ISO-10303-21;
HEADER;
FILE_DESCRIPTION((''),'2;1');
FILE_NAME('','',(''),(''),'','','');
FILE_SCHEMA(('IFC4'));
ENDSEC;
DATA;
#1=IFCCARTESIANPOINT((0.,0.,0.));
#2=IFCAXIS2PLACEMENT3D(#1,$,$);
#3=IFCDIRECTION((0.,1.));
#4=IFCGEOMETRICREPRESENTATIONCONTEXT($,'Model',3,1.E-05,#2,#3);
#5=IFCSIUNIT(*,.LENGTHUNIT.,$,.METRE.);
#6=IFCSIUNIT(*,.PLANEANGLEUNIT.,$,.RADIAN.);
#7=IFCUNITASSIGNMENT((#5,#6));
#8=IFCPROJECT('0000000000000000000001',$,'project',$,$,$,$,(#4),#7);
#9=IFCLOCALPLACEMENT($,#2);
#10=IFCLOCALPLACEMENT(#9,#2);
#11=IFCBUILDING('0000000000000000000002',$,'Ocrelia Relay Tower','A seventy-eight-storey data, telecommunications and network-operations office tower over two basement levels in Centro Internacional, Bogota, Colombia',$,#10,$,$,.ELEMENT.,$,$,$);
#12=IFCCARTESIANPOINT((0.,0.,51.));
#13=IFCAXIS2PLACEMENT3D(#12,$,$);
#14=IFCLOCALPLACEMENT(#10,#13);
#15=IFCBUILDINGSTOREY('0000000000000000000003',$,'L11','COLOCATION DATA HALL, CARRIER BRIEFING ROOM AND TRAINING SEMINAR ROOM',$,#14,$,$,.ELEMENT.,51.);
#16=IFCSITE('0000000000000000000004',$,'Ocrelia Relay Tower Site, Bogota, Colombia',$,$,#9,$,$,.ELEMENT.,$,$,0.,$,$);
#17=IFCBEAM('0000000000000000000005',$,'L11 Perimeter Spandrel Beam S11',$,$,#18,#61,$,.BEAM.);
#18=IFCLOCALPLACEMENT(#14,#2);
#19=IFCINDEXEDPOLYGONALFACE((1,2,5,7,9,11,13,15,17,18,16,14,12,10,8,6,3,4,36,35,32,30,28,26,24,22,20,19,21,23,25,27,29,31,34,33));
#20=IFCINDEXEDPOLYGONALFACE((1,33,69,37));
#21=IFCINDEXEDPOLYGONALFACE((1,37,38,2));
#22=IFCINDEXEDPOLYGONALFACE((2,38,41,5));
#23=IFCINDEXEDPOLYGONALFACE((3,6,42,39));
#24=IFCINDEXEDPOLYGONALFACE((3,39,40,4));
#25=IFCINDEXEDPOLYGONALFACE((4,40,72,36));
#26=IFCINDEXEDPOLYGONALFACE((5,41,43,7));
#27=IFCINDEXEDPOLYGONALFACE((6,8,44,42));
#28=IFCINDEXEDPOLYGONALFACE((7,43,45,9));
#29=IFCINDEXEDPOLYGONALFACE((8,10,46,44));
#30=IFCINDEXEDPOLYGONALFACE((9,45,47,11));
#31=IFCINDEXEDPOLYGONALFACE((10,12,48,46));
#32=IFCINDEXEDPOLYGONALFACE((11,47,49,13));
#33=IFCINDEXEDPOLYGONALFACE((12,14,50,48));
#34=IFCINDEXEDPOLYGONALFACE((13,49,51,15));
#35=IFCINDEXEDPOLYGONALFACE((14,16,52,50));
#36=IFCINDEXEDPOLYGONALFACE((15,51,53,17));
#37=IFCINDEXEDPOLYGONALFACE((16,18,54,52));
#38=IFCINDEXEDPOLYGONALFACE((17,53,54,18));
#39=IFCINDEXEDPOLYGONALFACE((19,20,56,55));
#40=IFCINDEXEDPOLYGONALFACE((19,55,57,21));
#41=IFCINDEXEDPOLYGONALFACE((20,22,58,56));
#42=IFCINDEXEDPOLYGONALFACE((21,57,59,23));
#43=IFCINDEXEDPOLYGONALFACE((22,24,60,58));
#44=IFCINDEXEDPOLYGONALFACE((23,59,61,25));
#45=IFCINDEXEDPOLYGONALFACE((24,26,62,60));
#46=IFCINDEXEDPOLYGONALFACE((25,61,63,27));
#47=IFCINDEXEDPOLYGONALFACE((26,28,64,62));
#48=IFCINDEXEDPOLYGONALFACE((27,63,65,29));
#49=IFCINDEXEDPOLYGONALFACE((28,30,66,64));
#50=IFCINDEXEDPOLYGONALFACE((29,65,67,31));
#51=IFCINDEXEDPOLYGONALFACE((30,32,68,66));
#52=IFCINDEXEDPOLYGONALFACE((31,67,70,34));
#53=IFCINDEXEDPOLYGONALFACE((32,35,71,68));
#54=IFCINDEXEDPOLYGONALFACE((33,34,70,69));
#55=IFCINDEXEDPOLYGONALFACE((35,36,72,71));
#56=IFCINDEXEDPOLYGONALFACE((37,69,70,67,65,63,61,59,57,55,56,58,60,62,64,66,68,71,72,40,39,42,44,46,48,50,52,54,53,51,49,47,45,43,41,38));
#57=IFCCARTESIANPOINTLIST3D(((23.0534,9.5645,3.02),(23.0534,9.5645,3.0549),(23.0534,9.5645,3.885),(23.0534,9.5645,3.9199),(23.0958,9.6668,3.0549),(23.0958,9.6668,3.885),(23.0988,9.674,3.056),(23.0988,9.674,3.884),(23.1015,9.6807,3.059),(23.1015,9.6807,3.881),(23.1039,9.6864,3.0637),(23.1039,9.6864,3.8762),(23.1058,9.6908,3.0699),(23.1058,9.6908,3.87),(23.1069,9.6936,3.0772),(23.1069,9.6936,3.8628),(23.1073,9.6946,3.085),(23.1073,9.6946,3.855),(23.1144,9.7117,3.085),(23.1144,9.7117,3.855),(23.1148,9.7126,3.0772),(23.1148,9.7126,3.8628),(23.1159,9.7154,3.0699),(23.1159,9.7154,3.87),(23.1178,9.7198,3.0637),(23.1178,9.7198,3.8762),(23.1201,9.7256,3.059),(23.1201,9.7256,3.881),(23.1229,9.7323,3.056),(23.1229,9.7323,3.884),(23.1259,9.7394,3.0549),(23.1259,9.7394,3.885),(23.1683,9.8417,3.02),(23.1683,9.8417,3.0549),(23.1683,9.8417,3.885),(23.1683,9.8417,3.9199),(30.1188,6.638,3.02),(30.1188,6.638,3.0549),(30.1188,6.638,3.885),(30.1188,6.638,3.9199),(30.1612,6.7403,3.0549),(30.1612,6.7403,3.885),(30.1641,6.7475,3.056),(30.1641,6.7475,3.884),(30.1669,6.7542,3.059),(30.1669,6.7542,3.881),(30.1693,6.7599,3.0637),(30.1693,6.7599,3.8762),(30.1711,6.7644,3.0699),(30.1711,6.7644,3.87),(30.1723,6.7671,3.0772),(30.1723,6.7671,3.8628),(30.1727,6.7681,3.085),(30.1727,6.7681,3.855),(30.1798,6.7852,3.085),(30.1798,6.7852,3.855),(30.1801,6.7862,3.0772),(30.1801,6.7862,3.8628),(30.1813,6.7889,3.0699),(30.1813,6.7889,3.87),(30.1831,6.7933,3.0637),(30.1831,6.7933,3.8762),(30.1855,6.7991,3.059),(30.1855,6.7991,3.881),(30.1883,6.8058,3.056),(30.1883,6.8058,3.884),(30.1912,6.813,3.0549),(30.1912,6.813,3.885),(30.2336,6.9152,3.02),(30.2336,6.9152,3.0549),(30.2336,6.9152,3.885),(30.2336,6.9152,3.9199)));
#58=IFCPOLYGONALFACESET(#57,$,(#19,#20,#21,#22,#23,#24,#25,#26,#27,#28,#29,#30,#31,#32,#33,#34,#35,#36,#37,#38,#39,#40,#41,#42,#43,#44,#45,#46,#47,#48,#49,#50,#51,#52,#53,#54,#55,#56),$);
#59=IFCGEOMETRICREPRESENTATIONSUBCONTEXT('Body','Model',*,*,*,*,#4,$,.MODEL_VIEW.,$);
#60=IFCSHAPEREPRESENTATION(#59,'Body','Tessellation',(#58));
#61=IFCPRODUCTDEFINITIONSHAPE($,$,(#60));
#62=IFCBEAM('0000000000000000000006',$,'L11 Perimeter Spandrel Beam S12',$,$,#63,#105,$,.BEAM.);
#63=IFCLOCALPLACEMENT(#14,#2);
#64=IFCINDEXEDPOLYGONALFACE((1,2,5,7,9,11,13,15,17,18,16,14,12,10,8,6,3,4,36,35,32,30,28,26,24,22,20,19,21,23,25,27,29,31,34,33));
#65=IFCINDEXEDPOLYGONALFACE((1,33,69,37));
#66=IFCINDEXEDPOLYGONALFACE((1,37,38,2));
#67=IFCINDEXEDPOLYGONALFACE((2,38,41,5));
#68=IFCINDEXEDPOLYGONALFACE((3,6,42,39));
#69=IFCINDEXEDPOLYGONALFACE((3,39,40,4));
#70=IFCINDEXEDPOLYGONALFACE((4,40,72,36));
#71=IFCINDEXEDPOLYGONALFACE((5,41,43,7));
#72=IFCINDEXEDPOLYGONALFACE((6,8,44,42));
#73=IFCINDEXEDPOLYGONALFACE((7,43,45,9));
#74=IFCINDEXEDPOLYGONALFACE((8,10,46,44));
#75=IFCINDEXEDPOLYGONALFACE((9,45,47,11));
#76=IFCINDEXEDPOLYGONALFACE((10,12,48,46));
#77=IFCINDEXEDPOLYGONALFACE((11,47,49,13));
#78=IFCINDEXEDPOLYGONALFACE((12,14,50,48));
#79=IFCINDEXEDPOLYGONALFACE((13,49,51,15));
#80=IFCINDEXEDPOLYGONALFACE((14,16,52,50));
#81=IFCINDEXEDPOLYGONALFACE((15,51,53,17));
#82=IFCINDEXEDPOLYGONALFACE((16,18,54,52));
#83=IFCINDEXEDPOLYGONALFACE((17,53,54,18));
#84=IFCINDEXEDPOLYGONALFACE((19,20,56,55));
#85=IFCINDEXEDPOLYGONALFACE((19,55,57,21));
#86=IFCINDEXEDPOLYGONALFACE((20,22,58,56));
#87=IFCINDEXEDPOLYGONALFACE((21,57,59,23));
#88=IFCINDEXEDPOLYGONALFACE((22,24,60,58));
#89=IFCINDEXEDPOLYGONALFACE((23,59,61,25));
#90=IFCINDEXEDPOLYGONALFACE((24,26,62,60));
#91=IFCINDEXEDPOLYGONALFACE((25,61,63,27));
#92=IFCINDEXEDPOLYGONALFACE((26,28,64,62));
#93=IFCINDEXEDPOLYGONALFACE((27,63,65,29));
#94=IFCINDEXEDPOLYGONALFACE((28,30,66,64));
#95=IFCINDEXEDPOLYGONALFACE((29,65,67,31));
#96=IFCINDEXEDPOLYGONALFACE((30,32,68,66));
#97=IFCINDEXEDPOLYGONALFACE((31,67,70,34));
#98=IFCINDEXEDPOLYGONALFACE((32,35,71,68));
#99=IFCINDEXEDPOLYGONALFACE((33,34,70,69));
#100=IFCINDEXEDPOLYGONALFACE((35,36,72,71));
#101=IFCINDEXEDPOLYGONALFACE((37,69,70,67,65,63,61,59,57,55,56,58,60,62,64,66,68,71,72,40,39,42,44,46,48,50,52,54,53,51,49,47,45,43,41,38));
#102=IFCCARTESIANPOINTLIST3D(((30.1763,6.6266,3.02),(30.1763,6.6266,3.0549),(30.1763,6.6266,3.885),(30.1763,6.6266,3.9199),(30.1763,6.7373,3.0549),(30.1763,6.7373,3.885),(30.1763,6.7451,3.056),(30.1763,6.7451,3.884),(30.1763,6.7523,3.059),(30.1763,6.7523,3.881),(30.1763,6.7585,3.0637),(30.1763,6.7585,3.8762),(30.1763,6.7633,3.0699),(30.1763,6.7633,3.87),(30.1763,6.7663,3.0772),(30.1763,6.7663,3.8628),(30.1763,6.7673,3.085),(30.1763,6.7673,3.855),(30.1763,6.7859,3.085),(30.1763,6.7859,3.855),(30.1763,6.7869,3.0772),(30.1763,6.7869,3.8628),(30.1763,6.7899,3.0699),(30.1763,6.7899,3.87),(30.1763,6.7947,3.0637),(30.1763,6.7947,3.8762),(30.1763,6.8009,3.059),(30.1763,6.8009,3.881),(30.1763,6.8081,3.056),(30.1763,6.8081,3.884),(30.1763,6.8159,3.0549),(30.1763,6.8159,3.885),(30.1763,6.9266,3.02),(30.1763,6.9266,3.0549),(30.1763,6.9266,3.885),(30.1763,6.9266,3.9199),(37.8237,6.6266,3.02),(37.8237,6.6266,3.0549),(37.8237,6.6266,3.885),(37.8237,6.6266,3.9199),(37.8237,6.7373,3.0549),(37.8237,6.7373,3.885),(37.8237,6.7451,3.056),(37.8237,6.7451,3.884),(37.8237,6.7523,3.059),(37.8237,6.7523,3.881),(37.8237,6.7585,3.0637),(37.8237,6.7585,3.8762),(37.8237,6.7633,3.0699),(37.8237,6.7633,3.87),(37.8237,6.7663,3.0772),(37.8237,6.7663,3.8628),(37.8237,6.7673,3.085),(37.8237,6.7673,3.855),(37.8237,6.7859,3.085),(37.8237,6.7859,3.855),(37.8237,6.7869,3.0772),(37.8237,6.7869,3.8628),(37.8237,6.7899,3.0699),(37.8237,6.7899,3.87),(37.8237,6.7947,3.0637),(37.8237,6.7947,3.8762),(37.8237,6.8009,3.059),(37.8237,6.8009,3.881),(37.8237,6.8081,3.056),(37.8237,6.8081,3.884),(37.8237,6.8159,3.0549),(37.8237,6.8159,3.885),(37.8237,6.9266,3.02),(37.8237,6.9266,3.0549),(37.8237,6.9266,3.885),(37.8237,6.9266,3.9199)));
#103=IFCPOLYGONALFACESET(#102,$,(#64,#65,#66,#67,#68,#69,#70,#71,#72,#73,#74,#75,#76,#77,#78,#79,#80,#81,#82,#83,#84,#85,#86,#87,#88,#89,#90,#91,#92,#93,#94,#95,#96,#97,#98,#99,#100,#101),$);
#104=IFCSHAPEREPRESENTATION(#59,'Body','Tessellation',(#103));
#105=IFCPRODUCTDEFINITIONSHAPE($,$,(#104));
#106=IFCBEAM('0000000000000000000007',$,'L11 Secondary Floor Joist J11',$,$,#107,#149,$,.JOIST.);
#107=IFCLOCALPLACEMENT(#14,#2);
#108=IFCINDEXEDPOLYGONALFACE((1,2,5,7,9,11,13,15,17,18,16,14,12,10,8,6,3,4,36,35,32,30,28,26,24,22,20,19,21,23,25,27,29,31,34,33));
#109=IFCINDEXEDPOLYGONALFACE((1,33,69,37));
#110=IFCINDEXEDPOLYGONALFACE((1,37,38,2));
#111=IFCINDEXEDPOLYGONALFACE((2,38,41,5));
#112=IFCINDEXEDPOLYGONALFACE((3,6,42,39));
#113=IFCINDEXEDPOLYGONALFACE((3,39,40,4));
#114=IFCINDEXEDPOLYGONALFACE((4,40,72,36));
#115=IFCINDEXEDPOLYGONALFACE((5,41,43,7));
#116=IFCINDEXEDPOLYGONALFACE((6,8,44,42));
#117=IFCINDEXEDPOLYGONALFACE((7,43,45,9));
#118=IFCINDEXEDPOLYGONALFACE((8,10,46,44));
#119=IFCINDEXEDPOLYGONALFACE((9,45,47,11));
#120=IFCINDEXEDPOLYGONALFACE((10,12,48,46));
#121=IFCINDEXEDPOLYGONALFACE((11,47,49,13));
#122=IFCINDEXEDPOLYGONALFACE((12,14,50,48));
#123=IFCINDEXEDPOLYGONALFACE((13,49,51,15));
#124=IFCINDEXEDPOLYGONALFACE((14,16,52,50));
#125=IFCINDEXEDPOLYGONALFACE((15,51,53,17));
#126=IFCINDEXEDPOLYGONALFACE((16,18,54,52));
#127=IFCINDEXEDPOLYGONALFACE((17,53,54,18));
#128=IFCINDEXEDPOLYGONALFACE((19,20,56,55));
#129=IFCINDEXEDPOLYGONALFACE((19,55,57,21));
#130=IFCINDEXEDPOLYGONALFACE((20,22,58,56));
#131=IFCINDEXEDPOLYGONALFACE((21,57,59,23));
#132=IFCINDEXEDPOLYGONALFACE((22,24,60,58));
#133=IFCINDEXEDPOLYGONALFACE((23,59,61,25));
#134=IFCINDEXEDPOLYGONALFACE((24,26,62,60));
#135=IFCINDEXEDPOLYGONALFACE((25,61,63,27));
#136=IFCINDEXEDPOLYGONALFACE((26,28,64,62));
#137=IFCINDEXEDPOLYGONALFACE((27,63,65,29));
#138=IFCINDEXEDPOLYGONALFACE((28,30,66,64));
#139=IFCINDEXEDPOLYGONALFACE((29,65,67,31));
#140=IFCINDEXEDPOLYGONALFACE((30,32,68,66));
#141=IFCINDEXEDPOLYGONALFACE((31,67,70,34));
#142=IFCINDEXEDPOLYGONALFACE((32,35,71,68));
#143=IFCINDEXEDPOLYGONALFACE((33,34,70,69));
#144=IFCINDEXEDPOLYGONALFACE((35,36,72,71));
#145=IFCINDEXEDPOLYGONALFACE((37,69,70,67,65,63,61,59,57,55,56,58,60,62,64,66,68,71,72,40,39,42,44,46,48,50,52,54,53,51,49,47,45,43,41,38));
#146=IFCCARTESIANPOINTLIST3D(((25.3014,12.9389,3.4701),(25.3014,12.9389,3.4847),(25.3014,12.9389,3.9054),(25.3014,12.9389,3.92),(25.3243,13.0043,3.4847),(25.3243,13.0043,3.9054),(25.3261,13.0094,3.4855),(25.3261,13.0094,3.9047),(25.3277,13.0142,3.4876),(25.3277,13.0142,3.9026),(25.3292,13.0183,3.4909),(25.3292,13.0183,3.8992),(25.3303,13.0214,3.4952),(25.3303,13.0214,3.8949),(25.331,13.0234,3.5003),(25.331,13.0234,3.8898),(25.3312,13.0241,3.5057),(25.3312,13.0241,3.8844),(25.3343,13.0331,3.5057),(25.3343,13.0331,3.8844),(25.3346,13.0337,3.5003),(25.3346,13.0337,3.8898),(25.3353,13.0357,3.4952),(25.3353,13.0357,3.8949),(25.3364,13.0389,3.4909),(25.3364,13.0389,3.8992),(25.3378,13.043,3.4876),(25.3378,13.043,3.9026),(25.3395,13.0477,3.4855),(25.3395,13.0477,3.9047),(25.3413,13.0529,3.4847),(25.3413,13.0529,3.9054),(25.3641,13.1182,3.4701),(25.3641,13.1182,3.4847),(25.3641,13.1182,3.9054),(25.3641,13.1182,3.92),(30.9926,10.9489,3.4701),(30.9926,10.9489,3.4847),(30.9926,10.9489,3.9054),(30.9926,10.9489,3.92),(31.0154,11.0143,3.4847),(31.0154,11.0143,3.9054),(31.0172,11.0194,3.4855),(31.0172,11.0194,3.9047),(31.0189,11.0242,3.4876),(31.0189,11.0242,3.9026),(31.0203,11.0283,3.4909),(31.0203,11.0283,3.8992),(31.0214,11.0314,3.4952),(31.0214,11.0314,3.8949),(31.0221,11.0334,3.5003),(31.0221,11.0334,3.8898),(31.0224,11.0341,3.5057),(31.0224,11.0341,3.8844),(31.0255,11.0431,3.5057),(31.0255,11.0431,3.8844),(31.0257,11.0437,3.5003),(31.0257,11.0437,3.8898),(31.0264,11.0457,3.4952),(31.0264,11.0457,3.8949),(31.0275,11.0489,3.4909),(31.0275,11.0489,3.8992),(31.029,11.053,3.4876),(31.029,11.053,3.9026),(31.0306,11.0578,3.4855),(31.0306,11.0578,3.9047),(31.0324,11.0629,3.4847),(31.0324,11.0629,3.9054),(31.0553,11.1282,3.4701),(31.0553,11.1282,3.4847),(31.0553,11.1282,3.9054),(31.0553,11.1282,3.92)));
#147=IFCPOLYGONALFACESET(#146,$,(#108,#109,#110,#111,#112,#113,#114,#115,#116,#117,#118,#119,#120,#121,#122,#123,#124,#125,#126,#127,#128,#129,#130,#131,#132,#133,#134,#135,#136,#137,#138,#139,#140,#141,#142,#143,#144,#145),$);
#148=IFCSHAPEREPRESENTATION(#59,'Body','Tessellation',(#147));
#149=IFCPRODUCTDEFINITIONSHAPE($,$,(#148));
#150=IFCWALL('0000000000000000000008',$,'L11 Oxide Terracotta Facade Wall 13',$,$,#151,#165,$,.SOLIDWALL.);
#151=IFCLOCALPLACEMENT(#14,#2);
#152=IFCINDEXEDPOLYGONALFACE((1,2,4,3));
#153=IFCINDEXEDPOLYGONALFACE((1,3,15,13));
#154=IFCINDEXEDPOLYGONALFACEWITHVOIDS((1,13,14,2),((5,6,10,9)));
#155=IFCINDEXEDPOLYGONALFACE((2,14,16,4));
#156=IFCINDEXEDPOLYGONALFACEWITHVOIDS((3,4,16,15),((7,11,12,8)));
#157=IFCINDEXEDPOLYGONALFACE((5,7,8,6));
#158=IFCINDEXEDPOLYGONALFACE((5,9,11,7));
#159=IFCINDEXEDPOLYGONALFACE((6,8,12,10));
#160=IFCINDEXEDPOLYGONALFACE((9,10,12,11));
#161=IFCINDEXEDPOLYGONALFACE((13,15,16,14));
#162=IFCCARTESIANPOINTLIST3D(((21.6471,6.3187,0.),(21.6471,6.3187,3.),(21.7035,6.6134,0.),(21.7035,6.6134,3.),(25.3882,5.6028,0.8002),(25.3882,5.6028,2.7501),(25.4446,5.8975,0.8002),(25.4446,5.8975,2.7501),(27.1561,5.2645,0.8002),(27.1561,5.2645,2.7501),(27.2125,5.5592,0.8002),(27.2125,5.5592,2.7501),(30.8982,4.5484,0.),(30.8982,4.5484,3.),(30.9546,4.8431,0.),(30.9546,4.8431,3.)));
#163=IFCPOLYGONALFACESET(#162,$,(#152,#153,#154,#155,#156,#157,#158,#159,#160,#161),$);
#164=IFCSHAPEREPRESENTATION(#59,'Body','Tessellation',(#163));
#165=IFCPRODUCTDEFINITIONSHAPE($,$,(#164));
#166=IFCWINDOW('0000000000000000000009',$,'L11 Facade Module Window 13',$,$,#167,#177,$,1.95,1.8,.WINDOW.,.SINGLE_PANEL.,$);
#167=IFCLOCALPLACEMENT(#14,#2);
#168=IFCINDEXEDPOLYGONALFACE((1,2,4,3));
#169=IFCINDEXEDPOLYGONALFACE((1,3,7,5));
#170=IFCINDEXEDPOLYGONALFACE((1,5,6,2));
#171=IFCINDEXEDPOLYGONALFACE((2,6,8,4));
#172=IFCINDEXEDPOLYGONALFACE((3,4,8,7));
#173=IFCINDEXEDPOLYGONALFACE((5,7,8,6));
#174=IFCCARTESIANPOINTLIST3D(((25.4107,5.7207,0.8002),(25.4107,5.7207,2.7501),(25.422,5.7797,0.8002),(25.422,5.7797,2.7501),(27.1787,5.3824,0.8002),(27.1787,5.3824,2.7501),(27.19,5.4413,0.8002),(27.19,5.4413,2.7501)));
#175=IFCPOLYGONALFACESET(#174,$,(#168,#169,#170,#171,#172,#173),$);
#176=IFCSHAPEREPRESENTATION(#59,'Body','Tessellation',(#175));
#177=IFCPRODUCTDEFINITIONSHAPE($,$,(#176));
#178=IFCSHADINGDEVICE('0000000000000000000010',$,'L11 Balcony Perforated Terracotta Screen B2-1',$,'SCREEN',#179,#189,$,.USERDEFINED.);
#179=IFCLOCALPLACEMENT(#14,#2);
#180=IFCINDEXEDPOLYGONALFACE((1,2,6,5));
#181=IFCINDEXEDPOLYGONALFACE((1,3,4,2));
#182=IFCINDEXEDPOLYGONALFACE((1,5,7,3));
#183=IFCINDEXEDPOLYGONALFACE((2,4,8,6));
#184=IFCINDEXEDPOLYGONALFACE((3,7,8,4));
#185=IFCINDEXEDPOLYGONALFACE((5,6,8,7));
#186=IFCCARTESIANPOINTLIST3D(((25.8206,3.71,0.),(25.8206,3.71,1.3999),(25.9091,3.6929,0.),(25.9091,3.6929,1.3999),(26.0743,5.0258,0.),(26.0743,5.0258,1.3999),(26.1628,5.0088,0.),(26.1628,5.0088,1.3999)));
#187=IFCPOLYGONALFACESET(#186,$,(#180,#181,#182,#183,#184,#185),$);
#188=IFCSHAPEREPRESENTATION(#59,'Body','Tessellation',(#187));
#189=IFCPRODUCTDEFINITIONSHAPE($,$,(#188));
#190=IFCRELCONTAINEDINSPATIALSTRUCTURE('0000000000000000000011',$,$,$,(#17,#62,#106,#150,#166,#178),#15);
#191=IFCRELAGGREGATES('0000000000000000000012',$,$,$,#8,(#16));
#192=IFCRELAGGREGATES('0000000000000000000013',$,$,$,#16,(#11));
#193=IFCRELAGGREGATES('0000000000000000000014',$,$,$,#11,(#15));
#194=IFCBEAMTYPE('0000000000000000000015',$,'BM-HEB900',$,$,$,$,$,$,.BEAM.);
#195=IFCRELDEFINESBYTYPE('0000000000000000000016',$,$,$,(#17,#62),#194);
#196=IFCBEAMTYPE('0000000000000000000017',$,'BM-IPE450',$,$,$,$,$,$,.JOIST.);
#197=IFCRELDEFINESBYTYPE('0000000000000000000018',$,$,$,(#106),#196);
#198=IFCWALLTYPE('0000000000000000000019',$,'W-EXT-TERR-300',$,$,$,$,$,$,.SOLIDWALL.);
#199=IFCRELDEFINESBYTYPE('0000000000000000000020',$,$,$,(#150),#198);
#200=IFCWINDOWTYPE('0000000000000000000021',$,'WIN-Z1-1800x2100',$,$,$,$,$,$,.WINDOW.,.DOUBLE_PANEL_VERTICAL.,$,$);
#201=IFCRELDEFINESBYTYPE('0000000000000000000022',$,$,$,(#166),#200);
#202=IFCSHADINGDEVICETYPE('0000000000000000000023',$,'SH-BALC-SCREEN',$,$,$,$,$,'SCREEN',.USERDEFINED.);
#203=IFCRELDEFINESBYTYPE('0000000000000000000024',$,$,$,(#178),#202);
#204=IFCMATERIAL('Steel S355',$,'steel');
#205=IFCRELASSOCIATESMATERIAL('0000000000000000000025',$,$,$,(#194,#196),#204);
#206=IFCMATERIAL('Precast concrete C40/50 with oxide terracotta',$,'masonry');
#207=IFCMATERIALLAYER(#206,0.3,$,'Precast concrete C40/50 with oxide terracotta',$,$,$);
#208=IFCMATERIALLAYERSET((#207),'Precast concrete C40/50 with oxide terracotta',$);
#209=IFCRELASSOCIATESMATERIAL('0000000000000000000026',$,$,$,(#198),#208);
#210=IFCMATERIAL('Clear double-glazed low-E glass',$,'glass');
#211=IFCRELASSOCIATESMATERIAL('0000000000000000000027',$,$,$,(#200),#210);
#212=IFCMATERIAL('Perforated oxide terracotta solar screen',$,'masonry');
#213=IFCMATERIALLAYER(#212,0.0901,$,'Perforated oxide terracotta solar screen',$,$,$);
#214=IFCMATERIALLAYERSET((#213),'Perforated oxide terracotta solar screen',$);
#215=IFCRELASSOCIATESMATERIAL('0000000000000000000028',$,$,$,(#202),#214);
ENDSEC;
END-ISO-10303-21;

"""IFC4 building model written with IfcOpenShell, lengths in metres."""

from ifc_helpers import new_model, si_unit, direction, frame, frame_2d, origin, origin_2d, place, context, subcontext, project, spatial, rectangle, i_section, extrude, material, layer, layer_set, material_profile, profile_set, type_object, element, fill, save


model = new_model("IFC4")

# Units and contexts
model_context = context("Model", 3, precision=1e-05, world=origin(), true_north=direction((0.0, 1.0)))
body_context = subcontext(model_context, "Body", "Model", "MODEL_VIEW")
ifc_project = project(units=[si_unit("LENGTHUNIT", "METRE"), si_unit("PLANEANGLEUNIT", "RADIAN")], contexts=[model_context])

# Site, building, storey
site_placement = place(None, origin())
site = spatial("IfcSite", under=ifc_project, at=site_placement, Name="Ocrelia Relay Tower Site, Bogota, Colombia", CompositionType="ELEMENT", RefElevation=0.0)
building_placement = place(site_placement, origin())
building = spatial("IfcBuilding", under=site, at=building_placement, Name="Ocrelia Relay Tower", Description="A seventy-eight-storey data, telecommunications and network-operations office tower over two basement levels in Centro Internacional, Bogota, Colombia", CompositionType="ELEMENT")
storey_placement = place(building_placement, frame((0.0, 0.0, 51.0)))
storey = spatial("IfcBuildingStorey", under=building, at=storey_placement, Name="L11", Description="COLOCATION DATA HALL, CARRIER BRIEFING ROOM AND TRAINING SEMINAR ROOM", CompositionType="ELEMENT", Elevation=51.0)

# Beams
ifc_material_1 = material(Name="Steel S355", Category="steel")
ifc_material_profile_1 = material_profile(ifc_material_1, i_section(OverallWidth=0.3, OverallDepth=0.8999, WebThickness=0.0186, FlangeThickness=0.0349, FilletRadius=0.03, at=origin_2d()), Name="HEB 900")
ifc_profile_set_1 = profile_set([ifc_material_profile_1], Name="Steel S355")
beam_type_1 = type_object("IfcBeamType", Name="BM-HEB900", PredefinedType="BEAM", material=ifc_profile_set_1)
for number, where, z_axis, x_axis, name in (
    (1, (23.1108, 9.7031, 3.47), (0.923883, -0.382674, 0.0), (0.382674, 0.923883, 0.0), "L11 Perimeter Spandrel Beam S11"),
    (2, (30.1763, 6.7766, 3.47), (1.0, 0.0, 0.0), (0.0, 1.0, 0.0), "L11 Perimeter Spandrel Beam S12"),
):
    element("IfcBeam", number, at=place(storey_placement, frame(where, z_axis=z_axis, x_axis=x_axis)), inside=storey, type_object=beam_type_1, Name=name, PredefinedType="BEAM", context=body_context, shape_type="SweptSolid", body=[
        extrude(i_section(OverallWidth=0.3, OverallDepth=0.8999, WebThickness=0.0186, FlangeThickness=0.0349, FilletRadius=0.03, at=origin_2d()), origin(), (0.0, 0.0, 1.0), 7.6475),
    ])
ifc_material_profile_2 = material_profile(ifc_material_1, i_section(OverallWidth=0.1899, OverallDepth=0.45, WebThickness=0.0095, FlangeThickness=0.0146, FilletRadius=0.021, at=origin_2d()), Name="IPE 450")
ifc_profile_set_2 = profile_set([ifc_material_profile_2], Name="Steel S355")
beam_type_2 = type_object("IfcBeamType", Name="BM-IPE450", PredefinedType="JOIST", material=ifc_profile_set_2)
beam_1_placement = place(storey_placement, frame((25.3328, 13.0286, 3.6951), z_axis=(0.943957, -0.330067, 0.0), x_axis=(0.330067, 0.943957, 0.0)))
element("IfcBeam", 3, at=beam_1_placement, inside=storey, type_object=beam_type_2, Name="L11 Secondary Floor Joist J11", PredefinedType="JOIST", context=body_context, shape_type="SweptSolid", body=[
    extrude(i_section(OverallWidth=0.1899, OverallDepth=0.45, WebThickness=0.0095, FlangeThickness=0.0146, FilletRadius=0.021, at=origin_2d()), origin(), (0.0, 0.0, 1.0), 6.0291),
])

# Wall, opening, window
ifc_material_2 = material(Name="Precast concrete C40/50 with oxide terracotta", Category="masonry")
ifc_layer_1 = layer(ifc_material_2, 0.3, Name="Precast concrete C40/50 with oxide terracotta")
ifc_layer_set_1 = layer_set([ifc_layer_1], Name="Precast concrete C40/50 with oxide terracotta")
wall_type_1 = type_object("IfcWallType", Name="W-EXT-TERR-300", PredefinedType="SOLIDWALL", material=ifc_layer_set_1)
wall_1_placement = place(storey_placement, frame((21.6753, 6.4661, 0.0), z_axis=(0.0, 0.0, 1.0), x_axis=(0.982179, -0.187949, 0.0)))
wall_1 = element("IfcWall", 4, at=wall_1_placement, inside=storey, type_object=wall_type_1, Name="L11 Oxide Terracotta Facade Wall 13", PredefinedType="SOLIDWALL", context=body_context, shape_type="SweptSolid", body=[
    extrude(rectangle(XDim=9.4189, YDim=0.3, at=frame_2d((4.7095, 0.0))), origin(), (0.0, 0.0, 1.0), 3.0),
])
opening_1_placement = place(wall_1_placement, frame((3.8091, 0.0, 0.8)))
opening_1 = element("IfcOpeningElement", 5, at=opening_1_placement, cuts=wall_1, PredefinedType="OPENING", context=body_context, shape_type="SweptSolid", body=[
    extrude(rectangle(XDim=1.8, YDim=1.95, at=frame_2d((0.8999, 0.9751))), frame((0.0, 0.1602, 0.0), z_axis=(0.0, -1.0, 0.0), x_axis=(1.0, 0.0, 0.0)), (0.0, 0.0, 1.0), 0.3201),
])
ifc_material_3 = material(Name="Clear double-glazed low-E glass", Category="glass")
window_type = type_object("IfcWindowType", Name="WIN-Z1-1800x2100", PartitioningType="DOUBLE_PANEL_VERTICAL", PredefinedType="WINDOW", material=ifc_material_3)
window_placement = place(opening_1_placement, origin())
window = element("IfcWindow", 6, at=window_placement, inside=storey, type_object=window_type, Name="L11 Facade Module Window 13", OverallHeight=1.95, OverallWidth=1.8, PartitioningType="SINGLE_PANEL", PredefinedType="WINDOW", context=body_context, shape_type="SweptSolid", body=[
    extrude(rectangle(XDim=1.8, YDim=1.95, at=frame_2d((0.8999, 0.9751))), frame((0.0, 0.03, 0.0), z_axis=(0.0, -1.0, 0.0), x_axis=(1.0, 0.0, 0.0)), (0.0, 0.0, 1.0), 0.0601),
])
fill(opening_1, window)

# Shading device
ifc_material_4 = material(Name="Perforated oxide terracotta solar screen", Category="masonry")
ifc_layer_2 = layer(ifc_material_4, 0.0901, Name="Perforated oxide terracotta solar screen")
ifc_layer_set_2 = layer_set([ifc_layer_2], Name="Perforated oxide terracotta solar screen")
shading_device_type_1 = type_object("IfcShadingDeviceType", Name="SH-BALC-SCREEN", ElementType="SCREEN", PredefinedType="USERDEFINED", material=ifc_layer_set_2)
shading_device_1_placement = place(storey_placement, frame((25.9917, 4.3594, 0.0), z_axis=(0.0, 0.0, 1.0), x_axis=(-0.189308, -0.981918, 0.0)))
element("IfcShadingDevice", 7, at=shading_device_1_placement, inside=storey, type_object=shading_device_type_1, Name="L11 Balcony Perforated Terracotta Screen B2-1", ObjectType="SCREEN", PredefinedType="USERDEFINED", context=body_context, shape_type="SweptSolid", body=[
    extrude(rectangle(XDim=1.3401, YDim=0.0901, at=origin_2d()), origin(), (0.0, 0.0, 1.0), 1.3999),
])

save(model, "model.ifc")
